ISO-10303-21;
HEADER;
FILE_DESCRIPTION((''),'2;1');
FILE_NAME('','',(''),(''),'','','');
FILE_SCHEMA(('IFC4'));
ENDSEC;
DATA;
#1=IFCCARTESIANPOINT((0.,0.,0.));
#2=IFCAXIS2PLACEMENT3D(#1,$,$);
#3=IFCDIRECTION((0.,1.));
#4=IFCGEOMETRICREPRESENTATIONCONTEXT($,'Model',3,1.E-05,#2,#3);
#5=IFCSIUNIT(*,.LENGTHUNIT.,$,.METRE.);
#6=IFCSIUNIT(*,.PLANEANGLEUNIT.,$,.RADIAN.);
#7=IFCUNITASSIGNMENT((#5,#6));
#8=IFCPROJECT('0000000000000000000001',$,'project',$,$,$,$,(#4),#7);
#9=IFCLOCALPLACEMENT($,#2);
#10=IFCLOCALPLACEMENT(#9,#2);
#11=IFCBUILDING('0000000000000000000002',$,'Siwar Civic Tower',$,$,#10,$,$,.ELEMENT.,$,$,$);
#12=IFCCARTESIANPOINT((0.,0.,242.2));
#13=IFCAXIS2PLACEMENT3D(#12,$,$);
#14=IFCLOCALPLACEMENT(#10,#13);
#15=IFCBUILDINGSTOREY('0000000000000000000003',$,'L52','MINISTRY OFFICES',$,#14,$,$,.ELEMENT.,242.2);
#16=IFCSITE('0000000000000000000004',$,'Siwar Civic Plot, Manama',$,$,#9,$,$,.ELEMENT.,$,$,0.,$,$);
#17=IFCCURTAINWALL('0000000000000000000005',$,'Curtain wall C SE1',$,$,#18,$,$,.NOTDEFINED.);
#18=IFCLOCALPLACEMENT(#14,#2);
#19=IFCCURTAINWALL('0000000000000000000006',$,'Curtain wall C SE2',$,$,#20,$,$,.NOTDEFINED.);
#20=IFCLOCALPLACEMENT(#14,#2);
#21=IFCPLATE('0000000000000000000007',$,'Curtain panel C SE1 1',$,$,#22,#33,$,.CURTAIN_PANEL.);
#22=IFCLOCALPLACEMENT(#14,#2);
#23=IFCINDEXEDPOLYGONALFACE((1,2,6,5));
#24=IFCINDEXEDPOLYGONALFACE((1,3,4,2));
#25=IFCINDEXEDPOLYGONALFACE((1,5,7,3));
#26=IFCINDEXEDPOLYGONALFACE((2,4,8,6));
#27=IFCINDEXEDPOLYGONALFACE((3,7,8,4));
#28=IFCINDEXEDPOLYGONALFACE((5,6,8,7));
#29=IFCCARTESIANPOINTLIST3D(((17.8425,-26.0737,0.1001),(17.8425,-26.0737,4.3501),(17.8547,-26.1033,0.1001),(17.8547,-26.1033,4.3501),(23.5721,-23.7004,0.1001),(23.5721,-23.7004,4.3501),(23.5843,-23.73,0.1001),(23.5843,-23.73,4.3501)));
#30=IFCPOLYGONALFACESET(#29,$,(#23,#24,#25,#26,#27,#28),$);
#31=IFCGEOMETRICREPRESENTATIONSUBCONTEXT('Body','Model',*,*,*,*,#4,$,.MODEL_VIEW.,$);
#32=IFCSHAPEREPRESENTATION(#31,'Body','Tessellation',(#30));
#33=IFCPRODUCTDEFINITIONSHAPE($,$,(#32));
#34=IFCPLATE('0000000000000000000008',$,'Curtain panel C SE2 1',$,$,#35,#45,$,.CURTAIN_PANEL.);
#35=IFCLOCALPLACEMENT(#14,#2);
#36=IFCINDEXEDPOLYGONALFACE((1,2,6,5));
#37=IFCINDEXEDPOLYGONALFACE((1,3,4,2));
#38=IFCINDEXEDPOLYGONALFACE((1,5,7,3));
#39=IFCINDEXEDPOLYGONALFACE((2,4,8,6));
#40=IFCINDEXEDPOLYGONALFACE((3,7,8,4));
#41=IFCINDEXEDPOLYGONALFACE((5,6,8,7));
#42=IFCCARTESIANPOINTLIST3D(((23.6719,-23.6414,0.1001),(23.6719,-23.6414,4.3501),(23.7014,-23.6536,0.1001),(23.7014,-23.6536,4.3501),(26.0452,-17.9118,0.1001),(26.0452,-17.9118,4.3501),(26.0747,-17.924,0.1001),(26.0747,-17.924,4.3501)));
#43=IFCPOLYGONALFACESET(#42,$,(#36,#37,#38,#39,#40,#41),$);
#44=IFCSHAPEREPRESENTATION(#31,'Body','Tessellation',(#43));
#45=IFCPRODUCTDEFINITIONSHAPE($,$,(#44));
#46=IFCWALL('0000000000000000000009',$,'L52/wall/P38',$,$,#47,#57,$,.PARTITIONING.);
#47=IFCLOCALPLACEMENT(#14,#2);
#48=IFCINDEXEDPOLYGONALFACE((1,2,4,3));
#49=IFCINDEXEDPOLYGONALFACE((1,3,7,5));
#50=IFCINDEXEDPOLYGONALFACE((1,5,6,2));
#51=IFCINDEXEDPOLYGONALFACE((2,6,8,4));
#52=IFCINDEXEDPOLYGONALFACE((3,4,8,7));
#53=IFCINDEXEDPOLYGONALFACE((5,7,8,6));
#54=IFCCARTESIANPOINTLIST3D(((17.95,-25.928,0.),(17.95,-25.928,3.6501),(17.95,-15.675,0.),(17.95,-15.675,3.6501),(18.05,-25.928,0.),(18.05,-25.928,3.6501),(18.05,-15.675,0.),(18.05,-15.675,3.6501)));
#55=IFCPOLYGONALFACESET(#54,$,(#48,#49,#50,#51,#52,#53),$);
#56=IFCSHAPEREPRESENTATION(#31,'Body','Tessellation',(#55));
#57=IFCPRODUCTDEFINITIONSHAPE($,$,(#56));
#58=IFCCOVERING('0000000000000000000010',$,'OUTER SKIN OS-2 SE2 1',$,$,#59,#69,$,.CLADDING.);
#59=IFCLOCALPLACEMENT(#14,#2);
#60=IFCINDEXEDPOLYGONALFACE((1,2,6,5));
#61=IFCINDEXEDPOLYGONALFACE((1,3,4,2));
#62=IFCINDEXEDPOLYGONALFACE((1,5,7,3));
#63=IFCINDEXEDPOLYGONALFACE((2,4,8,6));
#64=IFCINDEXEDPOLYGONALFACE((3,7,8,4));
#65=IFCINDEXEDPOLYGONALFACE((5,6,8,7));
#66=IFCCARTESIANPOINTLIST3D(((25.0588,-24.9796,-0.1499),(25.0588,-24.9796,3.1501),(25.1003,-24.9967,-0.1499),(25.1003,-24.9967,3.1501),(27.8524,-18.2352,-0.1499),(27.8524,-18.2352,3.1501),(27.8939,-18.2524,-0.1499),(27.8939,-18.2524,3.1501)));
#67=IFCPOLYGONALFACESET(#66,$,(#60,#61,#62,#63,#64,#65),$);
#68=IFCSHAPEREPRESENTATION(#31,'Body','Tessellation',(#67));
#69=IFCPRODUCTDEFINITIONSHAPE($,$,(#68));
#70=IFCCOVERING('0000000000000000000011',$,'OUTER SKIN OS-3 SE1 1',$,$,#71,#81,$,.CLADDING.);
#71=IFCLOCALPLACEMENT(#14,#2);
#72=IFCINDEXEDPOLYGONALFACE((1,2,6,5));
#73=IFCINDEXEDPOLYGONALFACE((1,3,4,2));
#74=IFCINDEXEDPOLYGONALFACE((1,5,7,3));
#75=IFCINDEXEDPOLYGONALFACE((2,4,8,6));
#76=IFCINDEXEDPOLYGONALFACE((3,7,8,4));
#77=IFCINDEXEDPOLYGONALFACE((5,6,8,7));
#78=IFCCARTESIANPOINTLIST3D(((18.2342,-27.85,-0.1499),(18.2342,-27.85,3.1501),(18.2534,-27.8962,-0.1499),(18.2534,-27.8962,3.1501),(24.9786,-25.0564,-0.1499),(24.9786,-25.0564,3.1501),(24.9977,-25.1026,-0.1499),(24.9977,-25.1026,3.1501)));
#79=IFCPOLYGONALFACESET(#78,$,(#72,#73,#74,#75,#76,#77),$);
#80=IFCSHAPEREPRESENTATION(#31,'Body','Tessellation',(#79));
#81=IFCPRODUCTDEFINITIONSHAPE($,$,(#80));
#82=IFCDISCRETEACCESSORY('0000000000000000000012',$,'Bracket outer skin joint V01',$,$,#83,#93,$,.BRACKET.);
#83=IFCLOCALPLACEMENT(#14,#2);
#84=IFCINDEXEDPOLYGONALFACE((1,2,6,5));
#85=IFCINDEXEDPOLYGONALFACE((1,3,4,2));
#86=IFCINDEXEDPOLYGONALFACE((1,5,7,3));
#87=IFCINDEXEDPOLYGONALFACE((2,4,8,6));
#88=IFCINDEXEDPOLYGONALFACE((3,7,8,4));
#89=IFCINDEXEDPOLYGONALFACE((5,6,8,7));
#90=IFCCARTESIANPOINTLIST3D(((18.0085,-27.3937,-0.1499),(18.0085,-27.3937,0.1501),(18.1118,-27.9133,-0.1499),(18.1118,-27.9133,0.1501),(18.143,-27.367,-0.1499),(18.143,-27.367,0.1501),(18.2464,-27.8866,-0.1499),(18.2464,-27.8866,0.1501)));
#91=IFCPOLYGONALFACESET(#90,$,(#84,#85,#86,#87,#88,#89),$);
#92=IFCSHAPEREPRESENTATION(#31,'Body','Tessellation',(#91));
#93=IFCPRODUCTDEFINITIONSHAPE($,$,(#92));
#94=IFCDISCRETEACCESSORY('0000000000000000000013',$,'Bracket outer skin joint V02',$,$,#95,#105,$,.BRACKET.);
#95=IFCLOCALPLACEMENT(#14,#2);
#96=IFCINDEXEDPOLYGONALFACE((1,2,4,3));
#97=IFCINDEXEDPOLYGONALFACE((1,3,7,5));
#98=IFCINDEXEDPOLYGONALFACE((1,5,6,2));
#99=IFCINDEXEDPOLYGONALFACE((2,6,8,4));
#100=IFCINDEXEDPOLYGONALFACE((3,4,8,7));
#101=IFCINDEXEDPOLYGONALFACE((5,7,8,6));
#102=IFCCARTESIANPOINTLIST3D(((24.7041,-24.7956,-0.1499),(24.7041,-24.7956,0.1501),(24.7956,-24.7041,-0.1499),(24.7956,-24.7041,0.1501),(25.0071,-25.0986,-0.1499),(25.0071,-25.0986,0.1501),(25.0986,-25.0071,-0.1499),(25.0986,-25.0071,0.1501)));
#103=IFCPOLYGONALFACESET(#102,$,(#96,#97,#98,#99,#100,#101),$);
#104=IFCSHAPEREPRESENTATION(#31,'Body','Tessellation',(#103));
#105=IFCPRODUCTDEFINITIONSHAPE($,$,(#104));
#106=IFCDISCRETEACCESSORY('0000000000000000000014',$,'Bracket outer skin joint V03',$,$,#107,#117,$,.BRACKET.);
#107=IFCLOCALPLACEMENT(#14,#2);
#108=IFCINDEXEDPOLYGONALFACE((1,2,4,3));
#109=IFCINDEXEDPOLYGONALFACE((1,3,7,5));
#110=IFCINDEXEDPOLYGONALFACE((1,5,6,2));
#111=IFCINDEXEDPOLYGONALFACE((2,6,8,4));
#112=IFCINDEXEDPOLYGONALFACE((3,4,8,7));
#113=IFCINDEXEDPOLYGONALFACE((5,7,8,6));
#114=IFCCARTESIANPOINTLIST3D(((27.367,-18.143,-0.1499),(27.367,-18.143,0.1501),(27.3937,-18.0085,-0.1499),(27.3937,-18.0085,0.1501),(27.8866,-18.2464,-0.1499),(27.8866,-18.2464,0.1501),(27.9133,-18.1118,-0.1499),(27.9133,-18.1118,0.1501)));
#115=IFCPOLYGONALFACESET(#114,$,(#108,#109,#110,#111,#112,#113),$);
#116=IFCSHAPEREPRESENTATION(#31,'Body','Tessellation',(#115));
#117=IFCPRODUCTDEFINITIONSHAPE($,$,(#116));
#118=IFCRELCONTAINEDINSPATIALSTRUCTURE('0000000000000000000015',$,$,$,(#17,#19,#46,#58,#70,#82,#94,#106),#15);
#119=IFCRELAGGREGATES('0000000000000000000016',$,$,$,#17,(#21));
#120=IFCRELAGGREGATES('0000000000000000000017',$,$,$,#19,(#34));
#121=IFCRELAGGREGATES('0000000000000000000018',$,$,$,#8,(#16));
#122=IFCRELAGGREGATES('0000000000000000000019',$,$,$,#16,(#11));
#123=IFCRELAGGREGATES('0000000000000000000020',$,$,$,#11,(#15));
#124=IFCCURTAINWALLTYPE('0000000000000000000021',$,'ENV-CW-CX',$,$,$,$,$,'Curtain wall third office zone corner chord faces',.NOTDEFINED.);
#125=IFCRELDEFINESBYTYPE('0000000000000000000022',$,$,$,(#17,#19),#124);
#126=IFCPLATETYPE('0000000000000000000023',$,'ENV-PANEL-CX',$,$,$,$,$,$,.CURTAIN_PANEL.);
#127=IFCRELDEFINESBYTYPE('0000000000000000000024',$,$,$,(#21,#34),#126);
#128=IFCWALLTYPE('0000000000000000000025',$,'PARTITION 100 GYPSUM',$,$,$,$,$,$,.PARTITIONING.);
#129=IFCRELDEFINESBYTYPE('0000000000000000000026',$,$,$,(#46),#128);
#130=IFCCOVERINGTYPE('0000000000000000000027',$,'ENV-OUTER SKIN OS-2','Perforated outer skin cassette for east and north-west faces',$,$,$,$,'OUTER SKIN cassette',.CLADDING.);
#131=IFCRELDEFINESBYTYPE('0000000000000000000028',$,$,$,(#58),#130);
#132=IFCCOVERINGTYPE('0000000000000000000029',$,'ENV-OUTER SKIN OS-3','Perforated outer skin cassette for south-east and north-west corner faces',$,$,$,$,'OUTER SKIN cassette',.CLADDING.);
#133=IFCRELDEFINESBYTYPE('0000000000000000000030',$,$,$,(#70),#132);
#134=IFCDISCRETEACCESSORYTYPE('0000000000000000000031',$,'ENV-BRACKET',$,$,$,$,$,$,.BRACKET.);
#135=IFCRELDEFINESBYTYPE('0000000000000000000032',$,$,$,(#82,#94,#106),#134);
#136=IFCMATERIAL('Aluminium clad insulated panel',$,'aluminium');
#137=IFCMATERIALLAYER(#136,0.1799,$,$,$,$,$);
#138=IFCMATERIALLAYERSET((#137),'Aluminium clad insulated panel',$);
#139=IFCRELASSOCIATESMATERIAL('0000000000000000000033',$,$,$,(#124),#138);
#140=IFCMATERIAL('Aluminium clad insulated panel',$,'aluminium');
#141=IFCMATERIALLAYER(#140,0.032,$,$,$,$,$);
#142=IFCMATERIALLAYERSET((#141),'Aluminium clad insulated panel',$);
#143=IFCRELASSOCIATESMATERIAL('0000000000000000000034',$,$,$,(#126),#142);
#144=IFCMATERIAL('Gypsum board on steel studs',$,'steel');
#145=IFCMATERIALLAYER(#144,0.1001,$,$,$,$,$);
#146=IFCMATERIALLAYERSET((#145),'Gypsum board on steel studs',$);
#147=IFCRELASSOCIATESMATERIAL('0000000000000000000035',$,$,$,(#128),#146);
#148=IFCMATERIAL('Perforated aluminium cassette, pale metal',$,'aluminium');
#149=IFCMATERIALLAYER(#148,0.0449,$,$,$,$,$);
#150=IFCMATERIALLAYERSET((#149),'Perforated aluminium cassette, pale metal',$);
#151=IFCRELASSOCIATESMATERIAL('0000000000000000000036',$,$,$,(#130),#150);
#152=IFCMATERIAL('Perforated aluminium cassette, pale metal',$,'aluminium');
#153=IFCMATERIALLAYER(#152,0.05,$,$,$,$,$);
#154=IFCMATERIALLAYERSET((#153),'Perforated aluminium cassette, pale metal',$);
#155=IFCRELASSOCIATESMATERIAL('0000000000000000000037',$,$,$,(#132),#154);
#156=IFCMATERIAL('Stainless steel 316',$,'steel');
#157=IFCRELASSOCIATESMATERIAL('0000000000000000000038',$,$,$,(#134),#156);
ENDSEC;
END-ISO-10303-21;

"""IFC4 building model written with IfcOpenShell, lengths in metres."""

from ifc_helpers import new_model, si_unit, direction, frame, frame_2d, origin, origin_2d, place, context, subcontext, project, spatial, rectangle, extrude, material, layer, layer_set, type_object, element, aggregate, save


model = new_model("IFC4")

# Units and contexts
model_context = context("Model", 3, precision=1e-05, world=origin(), true_north=direction((0.0, 1.0)))
body_context = subcontext(model_context, "Body", "Model", "MODEL_VIEW")
ifc_project = project(units=[si_unit("LENGTHUNIT", "METRE"), si_unit("PLANEANGLEUNIT", "RADIAN")], contexts=[model_context])

# Site, building, storey
site_placement = place(None, origin())
site = spatial("IfcSite", under=ifc_project, at=site_placement, Name="Siwar Civic Plot, Manama", CompositionType="ELEMENT", RefElevation=0.0)
building_placement = place(site_placement, origin())
building = spatial("IfcBuilding", under=site, at=building_placement, Name="Siwar Civic Tower", CompositionType="ELEMENT")
storey_placement = place(building_placement, frame((0.0, 0.0, 242.2)))
storey = spatial("IfcBuildingStorey", under=building, at=storey_placement, Name="L52", Description="MINISTRY OFFICES", CompositionType="ELEMENT", Elevation=242.2)

# Curtain walls
ifc_material_1 = material(Name="Aluminium clad insulated panel", Category="aluminium")
ifc_layer_1 = layer(ifc_material_1, 0.1799)
ifc_layer_set_1 = layer_set([ifc_layer_1], Name="Aluminium clad insulated panel")
curtain_wall_type = type_object("IfcCurtainWallType", Name="ENV-CW-CX", ElementType="Curtain wall third office zone corner chord faces", PredefinedType="NOTDEFINED", material=ifc_layer_set_1)
curtain_wall_1_placement = place(storey_placement, origin())
curtain_wall_1 = element("IfcCurtainWall", 1, at=curtain_wall_1_placement, inside=storey, type_object=curtain_wall_type, Name="Curtain wall C SE1", PredefinedType="NOTDEFINED")
curtain_wall_2_placement = place(storey_placement, origin())
curtain_wall_2 = element("IfcCurtainWall", 2, at=curtain_wall_2_placement, inside=storey, type_object=curtain_wall_type, Name="Curtain wall C SE2", PredefinedType="NOTDEFINED")

# Plates
ifc_material_2 = material(Name="Aluminium clad insulated panel", Category="aluminium")
ifc_layer_2 = layer(ifc_material_2, 0.032)
ifc_layer_set_2 = layer_set([ifc_layer_2], Name="Aluminium clad insulated panel")
plate_type = type_object("IfcPlateType", Name="ENV-PANEL-CX", PredefinedType="CURTAIN_PANEL", material=ifc_layer_set_2)
plate_1_placement = place(storey_placement, frame((20.7134, -24.9019, 0.1001), z_axis=(0.0, 0.0, 1.0), x_axis=(0.92388, 0.382683, 0.0)))
plate_1 = element("IfcPlate", 3, at=plate_1_placement, type_object=plate_type, Name="Curtain panel C SE1 1", PredefinedType="CURTAIN_PANEL", context=body_context, shape_type="SweptSolid", body=[
    extrude(rectangle(XDim=6.2017, YDim=0.032, at=origin_2d()), origin(), (0.0, 0.0, 1.0), 4.25),
])
aggregate(curtain_wall_1, [plate_1])
plate_2_placement = place(storey_placement, frame((24.8733, -20.7827, 0.1001), z_axis=(0.0, 0.0, 1.0), x_axis=(0.382683, 0.92388, 0.0)))
plate_2 = element("IfcPlate", 4, at=plate_2_placement, type_object=plate_type, Name="Curtain panel C SE2 1", PredefinedType="CURTAIN_PANEL", context=body_context, shape_type="SweptSolid", body=[
    extrude(rectangle(XDim=6.2017, YDim=0.032, at=origin_2d()), origin(), (0.0, 0.0, 1.0), 4.25),
])
aggregate(curtain_wall_2, [plate_2])

# Wall
ifc_material_3 = material(Name="Gypsum board on steel studs", Category="steel")
ifc_layer_3 = layer(ifc_material_3, 0.1001)
ifc_layer_set_3 = layer_set([ifc_layer_3], Name="Gypsum board on steel studs")
wall_type = type_object("IfcWallType", Name="PARTITION 100 GYPSUM", PredefinedType="PARTITIONING", material=ifc_layer_set_3)
wall_placement = place(storey_placement, frame((18.0, -25.928, 0.0), z_axis=(0.0, 0.0, 1.0), x_axis=(0.0, 1.0, 0.0)))
element("IfcWall", 5, at=wall_placement, inside=storey, type_object=wall_type, Name="L52/wall/P38", PredefinedType="PARTITIONING", context=body_context, shape_type="SweptSolid", body=[
    extrude(rectangle(XDim=10.2529, YDim=0.1001, at=frame_2d((5.1265, 0.0))), origin(), (0.0, 0.0, 1.0), 3.6501),
])

# Coverings
ifc_material_4 = material(Name="Perforated aluminium cassette, pale metal", Category="aluminium")
ifc_layer_4 = layer(ifc_material_4, 0.0449)
ifc_layer_set_4 = layer_set([ifc_layer_4], Name="Perforated aluminium cassette, pale metal")
covering_type_1 = type_object("IfcCoveringType", Name="ENV-OUTER SKIN OS-2", Description="Perforated outer skin cassette for east and north-west faces", ElementType="OUTER SKIN cassette", PredefinedType="CLADDING", material=ifc_layer_set_4)
covering_1_placement = place(storey_placement, frame((26.4763, -21.616, -0.1499), z_axis=(0.0, 0.0, 1.0), x_axis=(0.382683, 0.92388, 0.0)))
element("IfcCovering", 6, at=covering_1_placement, inside=storey, type_object=covering_type_1, Name="OUTER SKIN OS-2 SE2 1", PredefinedType="CLADDING", context=body_context, shape_type="SweptSolid", body=[
    extrude(rectangle(XDim=7.3, YDim=0.0449, at=origin_2d()), origin(), (0.0, 0.0, 1.0), 3.3),
])
ifc_material_5 = material(Name="Perforated aluminium cassette, pale metal", Category="aluminium")
ifc_layer_5 = layer(ifc_material_5, 0.05)
ifc_layer_set_5 = layer_set([ifc_layer_5], Name="Perforated aluminium cassette, pale metal")
covering_type_2 = type_object("IfcCoveringType", Name="ENV-OUTER SKIN OS-3", Description="Perforated outer skin cassette for south-east and north-west corner faces", ElementType="OUTER SKIN cassette", PredefinedType="CLADDING", material=ifc_layer_set_5)
covering_2_placement = place(storey_placement, frame((21.616, -26.4763, -0.1499), z_axis=(0.0, 0.0, 1.0), x_axis=(0.92388, 0.382683, 0.0)))
element("IfcCovering", 7, at=covering_2_placement, inside=storey, type_object=covering_type_2, Name="OUTER SKIN OS-3 SE1 1", PredefinedType="CLADDING", context=body_context, shape_type="SweptSolid", body=[
    extrude(rectangle(XDim=7.3, YDim=0.05, at=origin_2d()), origin(), (0.0, 0.0, 1.0), 3.3),
])

# Discrete accessories
ifc_material_6 = material(Name="Stainless steel 316", Category="steel")
discrete_accessory_type = type_object("IfcDiscreteAccessoryType", Name="ENV-BRACKET", PredefinedType="BRACKET", material=ifc_material_6)
discrete_accessory_1_placement = place(storey_placement, frame((18.1274, -27.6401, -0.1499), z_axis=(0.0, 0.0, 1.0), x_axis=(0.19509, -0.980785, 0.0)))
element("IfcDiscreteAccessory", 8, at=discrete_accessory_1_placement, inside=storey, type_object=discrete_accessory_type, Name="Bracket outer skin joint V01", PredefinedType="BRACKET", context=body_context, shape_type="SweptSolid", body=[
    extrude(rectangle(XDim=0.5298, YDim=0.1372, at=origin_2d()), origin(), (0.0, 0.0, 1.0), 0.3),
])
discrete_accessory_2_placement = place(storey_placement, frame((24.9014, -24.9014, -0.1499), z_axis=(0.0, 0.0, 1.0), x_axis=(0.707107, -0.707107, 0.0)))
element("IfcDiscreteAccessory", 9, at=discrete_accessory_2_placement, inside=storey, type_object=discrete_accessory_type, Name="Bracket outer skin joint V02", PredefinedType="BRACKET", context=body_context, shape_type="SweptSolid", body=[
    extrude(rectangle(XDim=0.4285, YDim=0.1294, at=origin_2d()), origin(), (0.0, 0.0, 1.0), 0.3),
])
discrete_accessory_3_placement = place(storey_placement, frame((27.6401, -18.1274, -0.1499), z_axis=(0.0, 0.0, 1.0), x_axis=(0.980785, -0.19509, 0.0)))
element("IfcDiscreteAccessory", 10, at=discrete_accessory_3_placement, inside=storey, type_object=discrete_accessory_type, Name="Bracket outer skin joint V03", PredefinedType="BRACKET", context=body_context, shape_type="SweptSolid", body=[
    extrude(rectangle(XDim=0.5298, YDim=0.1372, at=origin_2d()), origin(), (0.0, 0.0, 1.0), 0.3),
])

save(model, "model.ifc")
